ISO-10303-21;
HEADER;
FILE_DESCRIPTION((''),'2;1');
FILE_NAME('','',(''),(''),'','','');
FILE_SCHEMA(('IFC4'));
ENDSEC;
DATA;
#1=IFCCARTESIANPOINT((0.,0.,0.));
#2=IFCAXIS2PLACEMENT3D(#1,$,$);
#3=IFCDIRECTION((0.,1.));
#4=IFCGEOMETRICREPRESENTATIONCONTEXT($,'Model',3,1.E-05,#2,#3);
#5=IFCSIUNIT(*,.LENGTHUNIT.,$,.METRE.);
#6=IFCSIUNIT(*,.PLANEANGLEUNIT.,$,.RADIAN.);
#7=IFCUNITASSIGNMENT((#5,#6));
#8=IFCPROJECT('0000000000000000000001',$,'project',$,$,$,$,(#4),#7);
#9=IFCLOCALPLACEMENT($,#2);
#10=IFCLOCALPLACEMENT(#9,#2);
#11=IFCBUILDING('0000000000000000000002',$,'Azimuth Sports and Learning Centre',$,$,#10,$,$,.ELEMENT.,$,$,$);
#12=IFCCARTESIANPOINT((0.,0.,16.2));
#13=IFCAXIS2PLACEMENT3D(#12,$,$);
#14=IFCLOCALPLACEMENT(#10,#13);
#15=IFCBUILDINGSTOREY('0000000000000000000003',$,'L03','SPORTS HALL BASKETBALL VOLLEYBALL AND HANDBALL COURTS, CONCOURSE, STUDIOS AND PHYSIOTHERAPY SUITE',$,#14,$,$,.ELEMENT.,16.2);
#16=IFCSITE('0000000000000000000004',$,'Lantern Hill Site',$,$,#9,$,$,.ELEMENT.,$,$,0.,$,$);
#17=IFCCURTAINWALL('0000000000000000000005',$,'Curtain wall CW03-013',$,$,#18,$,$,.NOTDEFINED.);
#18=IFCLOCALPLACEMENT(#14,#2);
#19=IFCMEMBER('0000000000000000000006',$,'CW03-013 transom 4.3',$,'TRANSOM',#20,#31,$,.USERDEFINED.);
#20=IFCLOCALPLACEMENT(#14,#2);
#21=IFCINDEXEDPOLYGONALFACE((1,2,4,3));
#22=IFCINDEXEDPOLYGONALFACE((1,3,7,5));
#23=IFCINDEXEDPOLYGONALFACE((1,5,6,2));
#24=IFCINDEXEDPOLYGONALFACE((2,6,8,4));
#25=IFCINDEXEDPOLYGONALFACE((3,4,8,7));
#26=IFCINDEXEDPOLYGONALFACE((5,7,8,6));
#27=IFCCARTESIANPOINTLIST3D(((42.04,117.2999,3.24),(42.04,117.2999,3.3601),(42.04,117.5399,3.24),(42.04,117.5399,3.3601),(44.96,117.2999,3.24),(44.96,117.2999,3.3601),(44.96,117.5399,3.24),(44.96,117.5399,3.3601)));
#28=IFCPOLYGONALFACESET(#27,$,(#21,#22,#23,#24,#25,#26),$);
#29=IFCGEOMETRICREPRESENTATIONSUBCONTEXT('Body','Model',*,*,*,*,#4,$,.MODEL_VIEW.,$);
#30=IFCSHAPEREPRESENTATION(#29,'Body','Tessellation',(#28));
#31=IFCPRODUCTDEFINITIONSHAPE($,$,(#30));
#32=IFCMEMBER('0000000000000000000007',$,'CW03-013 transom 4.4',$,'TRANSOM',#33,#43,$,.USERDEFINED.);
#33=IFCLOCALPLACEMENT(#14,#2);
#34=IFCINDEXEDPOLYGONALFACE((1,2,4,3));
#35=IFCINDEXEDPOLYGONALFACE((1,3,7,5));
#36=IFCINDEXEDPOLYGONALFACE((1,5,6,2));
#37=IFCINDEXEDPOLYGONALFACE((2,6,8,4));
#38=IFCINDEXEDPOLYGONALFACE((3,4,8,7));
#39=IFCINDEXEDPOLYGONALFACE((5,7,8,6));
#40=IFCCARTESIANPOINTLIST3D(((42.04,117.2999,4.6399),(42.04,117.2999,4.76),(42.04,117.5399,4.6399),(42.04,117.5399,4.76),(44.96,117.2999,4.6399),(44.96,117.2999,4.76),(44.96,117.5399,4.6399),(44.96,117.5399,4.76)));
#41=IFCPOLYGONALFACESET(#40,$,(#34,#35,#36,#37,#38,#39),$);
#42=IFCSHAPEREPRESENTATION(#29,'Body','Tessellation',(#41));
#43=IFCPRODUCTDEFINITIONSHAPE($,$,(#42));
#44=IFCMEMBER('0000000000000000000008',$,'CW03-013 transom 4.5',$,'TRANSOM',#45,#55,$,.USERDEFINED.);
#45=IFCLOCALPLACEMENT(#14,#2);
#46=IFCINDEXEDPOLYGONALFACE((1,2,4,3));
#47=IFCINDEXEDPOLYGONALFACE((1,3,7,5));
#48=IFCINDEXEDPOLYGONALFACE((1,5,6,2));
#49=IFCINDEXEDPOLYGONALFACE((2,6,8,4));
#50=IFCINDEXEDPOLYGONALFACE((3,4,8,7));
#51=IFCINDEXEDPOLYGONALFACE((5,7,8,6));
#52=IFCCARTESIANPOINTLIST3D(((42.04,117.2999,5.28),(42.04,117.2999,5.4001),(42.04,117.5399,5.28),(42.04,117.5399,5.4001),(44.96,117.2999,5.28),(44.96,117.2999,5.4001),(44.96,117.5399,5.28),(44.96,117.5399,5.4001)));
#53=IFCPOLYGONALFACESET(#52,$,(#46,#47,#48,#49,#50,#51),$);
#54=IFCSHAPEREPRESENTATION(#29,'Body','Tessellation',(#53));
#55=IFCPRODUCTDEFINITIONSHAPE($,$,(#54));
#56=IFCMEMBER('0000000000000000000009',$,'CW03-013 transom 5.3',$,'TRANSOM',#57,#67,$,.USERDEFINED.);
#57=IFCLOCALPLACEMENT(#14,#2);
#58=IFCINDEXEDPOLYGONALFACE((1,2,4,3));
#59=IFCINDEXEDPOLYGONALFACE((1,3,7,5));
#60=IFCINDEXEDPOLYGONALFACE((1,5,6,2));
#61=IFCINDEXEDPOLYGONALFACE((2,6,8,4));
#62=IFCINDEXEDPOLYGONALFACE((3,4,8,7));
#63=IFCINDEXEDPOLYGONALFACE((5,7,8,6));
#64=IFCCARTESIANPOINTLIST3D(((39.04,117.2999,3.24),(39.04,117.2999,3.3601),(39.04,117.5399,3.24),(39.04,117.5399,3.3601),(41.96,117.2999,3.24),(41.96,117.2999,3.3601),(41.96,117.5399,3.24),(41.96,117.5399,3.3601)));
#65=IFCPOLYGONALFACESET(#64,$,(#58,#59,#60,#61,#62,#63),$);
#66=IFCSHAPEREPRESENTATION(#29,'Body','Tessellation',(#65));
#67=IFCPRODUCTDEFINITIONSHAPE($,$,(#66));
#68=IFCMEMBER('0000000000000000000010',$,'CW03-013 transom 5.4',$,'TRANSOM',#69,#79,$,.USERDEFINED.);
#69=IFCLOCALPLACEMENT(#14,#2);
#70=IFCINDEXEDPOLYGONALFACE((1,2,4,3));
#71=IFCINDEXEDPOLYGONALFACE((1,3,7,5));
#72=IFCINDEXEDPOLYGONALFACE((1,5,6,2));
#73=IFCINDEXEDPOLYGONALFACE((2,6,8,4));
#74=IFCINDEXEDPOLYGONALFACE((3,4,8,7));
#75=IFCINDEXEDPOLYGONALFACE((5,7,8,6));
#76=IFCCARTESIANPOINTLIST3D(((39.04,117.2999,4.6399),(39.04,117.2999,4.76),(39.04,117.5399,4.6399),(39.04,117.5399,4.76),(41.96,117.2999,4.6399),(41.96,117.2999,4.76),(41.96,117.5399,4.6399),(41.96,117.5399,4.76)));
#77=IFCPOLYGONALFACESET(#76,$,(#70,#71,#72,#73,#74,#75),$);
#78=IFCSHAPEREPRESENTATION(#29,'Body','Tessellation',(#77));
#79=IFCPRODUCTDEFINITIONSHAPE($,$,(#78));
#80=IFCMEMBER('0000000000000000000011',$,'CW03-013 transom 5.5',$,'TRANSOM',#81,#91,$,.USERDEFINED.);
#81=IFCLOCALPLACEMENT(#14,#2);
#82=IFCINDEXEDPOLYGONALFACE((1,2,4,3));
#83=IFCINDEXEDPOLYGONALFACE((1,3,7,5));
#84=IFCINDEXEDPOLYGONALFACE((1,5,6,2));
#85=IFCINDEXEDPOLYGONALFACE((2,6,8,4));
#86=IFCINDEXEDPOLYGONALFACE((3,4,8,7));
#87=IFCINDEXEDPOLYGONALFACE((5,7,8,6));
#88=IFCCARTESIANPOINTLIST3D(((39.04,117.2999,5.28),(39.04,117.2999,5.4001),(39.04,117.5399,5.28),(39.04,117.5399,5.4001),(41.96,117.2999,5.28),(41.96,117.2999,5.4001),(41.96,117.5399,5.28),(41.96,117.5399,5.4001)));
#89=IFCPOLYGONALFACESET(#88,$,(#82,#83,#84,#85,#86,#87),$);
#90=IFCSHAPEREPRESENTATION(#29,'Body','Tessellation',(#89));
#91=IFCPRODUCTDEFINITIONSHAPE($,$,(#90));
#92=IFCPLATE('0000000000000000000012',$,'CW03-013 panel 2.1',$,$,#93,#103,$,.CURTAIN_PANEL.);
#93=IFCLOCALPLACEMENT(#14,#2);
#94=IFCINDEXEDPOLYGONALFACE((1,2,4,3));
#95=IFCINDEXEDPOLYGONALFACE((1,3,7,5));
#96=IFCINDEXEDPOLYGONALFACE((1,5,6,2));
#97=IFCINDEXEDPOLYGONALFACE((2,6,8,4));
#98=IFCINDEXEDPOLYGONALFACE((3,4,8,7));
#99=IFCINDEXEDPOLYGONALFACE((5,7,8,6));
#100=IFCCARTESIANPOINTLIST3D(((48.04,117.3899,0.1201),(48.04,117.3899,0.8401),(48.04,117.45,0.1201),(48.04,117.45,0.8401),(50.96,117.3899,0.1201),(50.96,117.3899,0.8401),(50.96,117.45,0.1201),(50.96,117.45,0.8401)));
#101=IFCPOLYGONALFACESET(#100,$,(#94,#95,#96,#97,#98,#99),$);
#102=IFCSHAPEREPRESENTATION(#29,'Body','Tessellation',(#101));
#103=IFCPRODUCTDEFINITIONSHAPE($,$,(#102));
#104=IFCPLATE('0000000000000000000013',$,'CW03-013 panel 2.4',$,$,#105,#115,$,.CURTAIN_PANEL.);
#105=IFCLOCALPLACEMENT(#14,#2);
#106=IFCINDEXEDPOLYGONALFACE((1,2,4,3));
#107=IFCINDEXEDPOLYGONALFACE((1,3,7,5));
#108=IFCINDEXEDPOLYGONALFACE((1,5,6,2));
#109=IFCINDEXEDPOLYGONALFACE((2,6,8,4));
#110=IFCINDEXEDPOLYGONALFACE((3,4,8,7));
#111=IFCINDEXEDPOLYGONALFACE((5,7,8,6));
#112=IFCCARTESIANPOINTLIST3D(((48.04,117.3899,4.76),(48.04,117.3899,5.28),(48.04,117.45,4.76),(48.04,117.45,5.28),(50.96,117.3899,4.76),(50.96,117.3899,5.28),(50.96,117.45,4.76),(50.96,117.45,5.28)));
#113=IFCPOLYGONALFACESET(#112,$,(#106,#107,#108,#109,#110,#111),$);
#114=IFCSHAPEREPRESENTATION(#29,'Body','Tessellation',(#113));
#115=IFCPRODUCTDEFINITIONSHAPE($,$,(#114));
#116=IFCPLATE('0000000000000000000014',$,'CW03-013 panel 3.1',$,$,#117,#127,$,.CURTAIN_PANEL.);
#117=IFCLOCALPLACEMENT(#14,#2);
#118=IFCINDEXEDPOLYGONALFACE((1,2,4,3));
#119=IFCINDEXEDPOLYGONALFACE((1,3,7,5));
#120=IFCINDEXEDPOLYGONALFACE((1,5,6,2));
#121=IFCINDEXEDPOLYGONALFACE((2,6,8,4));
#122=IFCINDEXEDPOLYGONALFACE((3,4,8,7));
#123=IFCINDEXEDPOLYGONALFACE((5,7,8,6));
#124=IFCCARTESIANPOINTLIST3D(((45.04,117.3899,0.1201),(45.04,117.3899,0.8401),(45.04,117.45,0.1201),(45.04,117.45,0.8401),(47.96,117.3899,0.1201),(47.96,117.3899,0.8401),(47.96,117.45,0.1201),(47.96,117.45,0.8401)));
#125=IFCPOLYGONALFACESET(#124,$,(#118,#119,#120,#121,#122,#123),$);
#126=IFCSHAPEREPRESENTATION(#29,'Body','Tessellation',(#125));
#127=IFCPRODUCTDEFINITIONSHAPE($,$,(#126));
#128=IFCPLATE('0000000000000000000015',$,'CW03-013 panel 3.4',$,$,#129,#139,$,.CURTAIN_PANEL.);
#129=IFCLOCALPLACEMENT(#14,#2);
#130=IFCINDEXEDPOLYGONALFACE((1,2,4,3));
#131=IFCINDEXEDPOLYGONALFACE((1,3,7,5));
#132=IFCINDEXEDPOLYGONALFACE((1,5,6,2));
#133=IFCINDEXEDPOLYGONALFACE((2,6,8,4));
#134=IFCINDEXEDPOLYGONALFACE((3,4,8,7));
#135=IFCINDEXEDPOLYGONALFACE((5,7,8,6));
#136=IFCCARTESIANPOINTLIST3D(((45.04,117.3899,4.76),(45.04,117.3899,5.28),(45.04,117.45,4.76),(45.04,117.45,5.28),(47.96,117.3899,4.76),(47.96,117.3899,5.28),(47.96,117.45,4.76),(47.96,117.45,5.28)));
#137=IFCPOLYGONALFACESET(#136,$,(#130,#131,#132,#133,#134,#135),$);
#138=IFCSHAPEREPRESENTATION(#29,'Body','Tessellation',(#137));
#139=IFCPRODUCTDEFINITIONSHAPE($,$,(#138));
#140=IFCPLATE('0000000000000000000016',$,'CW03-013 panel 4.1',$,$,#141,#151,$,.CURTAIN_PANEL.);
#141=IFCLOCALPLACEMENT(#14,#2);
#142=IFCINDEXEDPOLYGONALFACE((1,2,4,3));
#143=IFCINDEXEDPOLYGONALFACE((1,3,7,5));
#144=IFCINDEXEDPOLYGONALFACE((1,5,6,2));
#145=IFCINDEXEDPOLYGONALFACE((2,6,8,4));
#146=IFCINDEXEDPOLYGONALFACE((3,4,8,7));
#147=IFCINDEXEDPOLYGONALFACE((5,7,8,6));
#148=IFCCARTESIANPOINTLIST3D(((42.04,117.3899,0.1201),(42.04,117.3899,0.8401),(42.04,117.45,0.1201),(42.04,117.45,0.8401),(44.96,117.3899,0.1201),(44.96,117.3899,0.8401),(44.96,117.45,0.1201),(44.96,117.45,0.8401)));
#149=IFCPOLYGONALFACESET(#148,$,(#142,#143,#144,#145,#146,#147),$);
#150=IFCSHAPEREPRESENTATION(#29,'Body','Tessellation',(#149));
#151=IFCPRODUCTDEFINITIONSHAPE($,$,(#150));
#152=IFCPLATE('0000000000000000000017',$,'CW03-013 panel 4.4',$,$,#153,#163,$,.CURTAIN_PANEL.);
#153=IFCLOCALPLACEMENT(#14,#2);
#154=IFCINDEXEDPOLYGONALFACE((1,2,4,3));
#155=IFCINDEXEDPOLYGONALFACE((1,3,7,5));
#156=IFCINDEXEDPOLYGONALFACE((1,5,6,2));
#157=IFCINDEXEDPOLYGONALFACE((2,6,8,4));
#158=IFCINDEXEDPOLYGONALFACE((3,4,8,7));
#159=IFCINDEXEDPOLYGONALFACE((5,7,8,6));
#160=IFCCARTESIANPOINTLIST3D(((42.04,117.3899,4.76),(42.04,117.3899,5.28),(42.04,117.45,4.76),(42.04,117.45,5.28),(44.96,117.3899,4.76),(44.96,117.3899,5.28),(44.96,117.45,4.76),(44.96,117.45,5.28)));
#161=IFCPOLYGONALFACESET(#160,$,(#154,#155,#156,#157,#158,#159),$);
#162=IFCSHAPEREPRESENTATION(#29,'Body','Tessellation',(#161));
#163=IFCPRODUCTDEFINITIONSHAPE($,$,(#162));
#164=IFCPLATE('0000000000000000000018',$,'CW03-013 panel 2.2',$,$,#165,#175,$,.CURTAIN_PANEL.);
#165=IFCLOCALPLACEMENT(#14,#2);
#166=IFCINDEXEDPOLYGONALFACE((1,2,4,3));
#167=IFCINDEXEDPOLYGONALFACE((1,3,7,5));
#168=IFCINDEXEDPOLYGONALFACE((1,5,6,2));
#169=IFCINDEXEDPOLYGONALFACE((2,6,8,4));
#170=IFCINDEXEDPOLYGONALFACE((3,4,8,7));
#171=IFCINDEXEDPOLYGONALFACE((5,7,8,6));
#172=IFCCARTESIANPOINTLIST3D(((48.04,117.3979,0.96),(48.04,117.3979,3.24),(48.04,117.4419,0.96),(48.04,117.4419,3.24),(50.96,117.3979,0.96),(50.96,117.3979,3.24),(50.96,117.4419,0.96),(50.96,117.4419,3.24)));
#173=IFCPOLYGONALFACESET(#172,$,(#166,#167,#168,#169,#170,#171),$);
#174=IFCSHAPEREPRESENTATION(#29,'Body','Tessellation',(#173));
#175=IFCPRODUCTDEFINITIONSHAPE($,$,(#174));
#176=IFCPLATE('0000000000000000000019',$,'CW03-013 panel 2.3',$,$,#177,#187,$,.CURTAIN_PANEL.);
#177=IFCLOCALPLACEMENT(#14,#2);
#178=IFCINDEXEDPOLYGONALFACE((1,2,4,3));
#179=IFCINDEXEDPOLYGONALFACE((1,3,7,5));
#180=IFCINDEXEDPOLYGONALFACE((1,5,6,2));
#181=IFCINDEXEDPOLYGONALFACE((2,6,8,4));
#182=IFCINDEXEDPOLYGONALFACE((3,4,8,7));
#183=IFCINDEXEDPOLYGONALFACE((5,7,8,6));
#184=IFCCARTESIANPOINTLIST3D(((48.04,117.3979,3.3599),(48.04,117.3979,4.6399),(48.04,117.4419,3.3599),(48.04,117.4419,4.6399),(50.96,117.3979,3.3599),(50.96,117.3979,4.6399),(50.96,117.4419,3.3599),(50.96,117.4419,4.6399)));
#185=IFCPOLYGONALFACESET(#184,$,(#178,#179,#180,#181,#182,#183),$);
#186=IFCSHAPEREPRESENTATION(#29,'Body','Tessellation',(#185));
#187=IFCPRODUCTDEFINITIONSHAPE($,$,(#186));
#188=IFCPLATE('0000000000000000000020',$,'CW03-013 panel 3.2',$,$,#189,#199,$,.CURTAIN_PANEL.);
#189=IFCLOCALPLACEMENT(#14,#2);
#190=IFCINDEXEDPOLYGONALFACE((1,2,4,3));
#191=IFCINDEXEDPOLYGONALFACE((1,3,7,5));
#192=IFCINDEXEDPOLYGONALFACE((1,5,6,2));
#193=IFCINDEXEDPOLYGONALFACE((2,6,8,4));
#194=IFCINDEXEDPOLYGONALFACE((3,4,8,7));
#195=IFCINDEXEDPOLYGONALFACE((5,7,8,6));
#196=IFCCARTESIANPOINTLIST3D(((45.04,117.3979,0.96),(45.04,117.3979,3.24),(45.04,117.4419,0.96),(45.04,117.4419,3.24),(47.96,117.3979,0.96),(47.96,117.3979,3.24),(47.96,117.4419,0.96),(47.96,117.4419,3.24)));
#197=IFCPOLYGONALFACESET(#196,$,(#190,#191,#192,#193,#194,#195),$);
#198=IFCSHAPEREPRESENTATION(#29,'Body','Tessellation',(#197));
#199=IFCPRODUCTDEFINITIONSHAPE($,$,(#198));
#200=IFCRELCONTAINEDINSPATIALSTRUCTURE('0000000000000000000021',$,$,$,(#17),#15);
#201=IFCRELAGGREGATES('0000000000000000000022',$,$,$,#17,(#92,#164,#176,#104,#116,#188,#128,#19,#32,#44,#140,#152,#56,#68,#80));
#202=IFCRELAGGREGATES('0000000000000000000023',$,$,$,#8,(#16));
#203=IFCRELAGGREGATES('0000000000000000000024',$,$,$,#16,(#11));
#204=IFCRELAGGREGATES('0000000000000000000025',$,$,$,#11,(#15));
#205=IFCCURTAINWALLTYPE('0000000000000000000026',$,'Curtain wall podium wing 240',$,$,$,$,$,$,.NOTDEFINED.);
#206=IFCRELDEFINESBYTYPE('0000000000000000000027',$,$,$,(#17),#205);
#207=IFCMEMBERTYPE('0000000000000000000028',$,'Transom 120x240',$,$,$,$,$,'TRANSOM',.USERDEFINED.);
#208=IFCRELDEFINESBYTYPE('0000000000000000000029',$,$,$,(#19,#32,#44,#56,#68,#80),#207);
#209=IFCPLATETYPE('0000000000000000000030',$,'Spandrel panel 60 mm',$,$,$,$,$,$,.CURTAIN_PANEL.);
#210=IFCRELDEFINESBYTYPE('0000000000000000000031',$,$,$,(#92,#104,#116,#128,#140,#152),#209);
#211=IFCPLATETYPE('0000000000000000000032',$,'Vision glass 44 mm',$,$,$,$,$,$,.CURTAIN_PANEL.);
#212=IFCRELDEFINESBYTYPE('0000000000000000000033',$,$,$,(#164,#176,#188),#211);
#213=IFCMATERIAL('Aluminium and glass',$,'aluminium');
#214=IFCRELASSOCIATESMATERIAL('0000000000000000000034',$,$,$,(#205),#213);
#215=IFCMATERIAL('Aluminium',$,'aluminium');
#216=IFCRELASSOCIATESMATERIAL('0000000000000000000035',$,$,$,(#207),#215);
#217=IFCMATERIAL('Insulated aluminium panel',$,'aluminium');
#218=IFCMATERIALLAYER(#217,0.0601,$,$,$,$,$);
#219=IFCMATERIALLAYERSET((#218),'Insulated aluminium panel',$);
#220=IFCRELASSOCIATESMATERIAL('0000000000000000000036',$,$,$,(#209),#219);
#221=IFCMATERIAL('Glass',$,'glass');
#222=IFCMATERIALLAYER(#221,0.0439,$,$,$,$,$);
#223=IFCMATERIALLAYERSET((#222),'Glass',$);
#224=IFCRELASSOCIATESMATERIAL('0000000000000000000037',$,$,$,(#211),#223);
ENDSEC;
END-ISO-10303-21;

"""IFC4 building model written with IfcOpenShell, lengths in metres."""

from ifc_helpers import new_model, si_unit, direction, frame, origin, origin_2d, place, context, subcontext, project, spatial, rectangle, extrude, material, layer, layer_set, material_profile, profile_set, type_object, element, aggregate, save


model = new_model("IFC4")

# Units and contexts
model_context = context("Model", 3, precision=1e-05, world=origin(), true_north=direction((0.0, 1.0)))
body_context = subcontext(model_context, "Body", "Model", "MODEL_VIEW")
ifc_project = project(units=[si_unit("LENGTHUNIT", "METRE"), si_unit("PLANEANGLEUNIT", "RADIAN")], contexts=[model_context])

# Site, building, storey
site_placement = place(None, origin())
site = spatial("IfcSite", under=ifc_project, at=site_placement, Name="Lantern Hill Site", CompositionType="ELEMENT", RefElevation=0.0)
building_placement = place(site_placement, origin())
building = spatial("IfcBuilding", under=site, at=building_placement, Name="Azimuth Sports and Learning Centre", CompositionType="ELEMENT")
storey_placement = place(building_placement, frame((0.0, 0.0, 16.2)))
storey = spatial("IfcBuildingStorey", under=building, at=storey_placement, Name="L03", Description="SPORTS HALL BASKETBALL VOLLEYBALL AND HANDBALL COURTS, CONCOURSE, STUDIOS AND PHYSIOTHERAPY SUITE", CompositionType="ELEMENT", Elevation=16.2)

# Curtain wall, members, plates
ifc_material_1 = material(Name="Aluminium and glass", Category="aluminium")
curtain_wall_type = type_object("IfcCurtainWallType", Name="Curtain wall podium wing 240", PredefinedType="NOTDEFINED", material=ifc_material_1)
curtain_wall_placement = place(storey_placement, origin())
curtain_wall = element("IfcCurtainWall", 1, at=curtain_wall_placement, inside=storey, type_object=curtain_wall_type, Name="Curtain wall CW03-013", PredefinedType="NOTDEFINED")
ifc_material_2 = material(Name="Aluminium", Category="aluminium")
ifc_material_profile_1 = material_profile(ifc_material_2, rectangle(XDim=0.24, YDim=0.1201, at=origin_2d()), Name="Transom 120x240")
ifc_profile_set_1 = profile_set([ifc_material_profile_1], Name="Aluminium")
member_type_1 = type_object("IfcMemberType", Name="Transom 120x240", ElementType="TRANSOM", PredefinedType="USERDEFINED", material=ifc_profile_set_1)
member_1_placement = place(storey_placement, frame((44.96, 117.4199, 3.3), z_axis=(-1.0, 0.0, 0.0), x_axis=(0.0, -1.0, 0.0)))
member_1 = element("IfcMember", 2, at=member_1_placement, type_object=member_type_1, Name="CW03-013 transom 4.3", ObjectType="TRANSOM", PredefinedType="USERDEFINED", context=body_context, shape_type="SweptSolid", body=[
    extrude(rectangle(XDim=0.24, YDim=0.1201, at=origin_2d()), origin(), (0.0, 0.0, 1.0), 2.9199),
])
member_2_placement = place(storey_placement, frame((44.96, 117.4199, 4.7), z_axis=(-1.0, 0.0, 0.0), x_axis=(0.0, -1.0, 0.0)))
member_2 = element("IfcMember", 3, at=member_2_placement, type_object=member_type_1, Name="CW03-013 transom 4.4", ObjectType="TRANSOM", PredefinedType="USERDEFINED", context=body_context, shape_type="SweptSolid", body=[
    extrude(rectangle(XDim=0.24, YDim=0.1201, at=origin_2d()), origin(), (0.0, 0.0, 1.0), 2.9199),
])
member_3_placement = place(storey_placement, frame((44.96, 117.4199, 5.3401), z_axis=(-1.0, 0.0, 0.0), x_axis=(0.0, -1.0, 0.0)))
member_3 = element("IfcMember", 4, at=member_3_placement, type_object=member_type_1, Name="CW03-013 transom 4.5", ObjectType="TRANSOM", PredefinedType="USERDEFINED", context=body_context, shape_type="SweptSolid", body=[
    extrude(rectangle(XDim=0.24, YDim=0.1201, at=origin_2d()), origin(), (0.0, 0.0, 1.0), 2.9199),
])
member_4_placement = place(storey_placement, frame((41.96, 117.4199, 3.3), z_axis=(-1.0, 0.0, 0.0), x_axis=(0.0, -1.0, 0.0)))
member_4 = element("IfcMember", 5, at=member_4_placement, type_object=member_type_1, Name="CW03-013 transom 5.3", ObjectType="TRANSOM", PredefinedType="USERDEFINED", context=body_context, shape_type="SweptSolid", body=[
    extrude(rectangle(XDim=0.24, YDim=0.1201, at=origin_2d()), origin(), (0.0, 0.0, 1.0), 2.9199),
])
member_5_placement = place(storey_placement, frame((41.96, 117.4199, 4.7), z_axis=(-1.0, 0.0, 0.0), x_axis=(0.0, -1.0, 0.0)))
member_5 = element("IfcMember", 6, at=member_5_placement, type_object=member_type_1, Name="CW03-013 transom 5.4", ObjectType="TRANSOM", PredefinedType="USERDEFINED", context=body_context, shape_type="SweptSolid", body=[
    extrude(rectangle(XDim=0.24, YDim=0.1201, at=origin_2d()), origin(), (0.0, 0.0, 1.0), 2.9199),
])
member_6_placement = place(storey_placement, frame((41.96, 117.4199, 5.3401), z_axis=(-1.0, 0.0, 0.0), x_axis=(0.0, -1.0, 0.0)))
member_6 = element("IfcMember", 7, at=member_6_placement, type_object=member_type_1, Name="CW03-013 transom 5.5", ObjectType="TRANSOM", PredefinedType="USERDEFINED", context=body_context, shape_type="SweptSolid", body=[
    extrude(rectangle(XDim=0.24, YDim=0.1201, at=origin_2d()), origin(), (0.0, 0.0, 1.0), 2.9199),
])
ifc_material_3 = material(Name="Insulated aluminium panel", Category="aluminium")
ifc_layer_1 = layer(ifc_material_3, 0.0601)
ifc_layer_set_1 = layer_set([ifc_layer_1], Name="Insulated aluminium panel")
plate_type_1 = type_object("IfcPlateType", Name="Spandrel panel 60 mm", PredefinedType="CURTAIN_PANEL", material=ifc_layer_set_1)
plate_1_placement = place(storey_placement, frame((49.5, 117.4199, 0.1201), z_axis=(0.0, 0.0, 1.0), x_axis=(-1.0, 0.0, 0.0)))
plate_1 = element("IfcPlate", 8, at=plate_1_placement, type_object=plate_type_1, Name="CW03-013 panel 2.1", PredefinedType="CURTAIN_PANEL", context=body_context, shape_type="SweptSolid", body=[
    extrude(rectangle(XDim=2.9199, YDim=0.0601, at=origin_2d()), origin(), (0.0, 0.0, 1.0), 0.72),
])
plate_2_placement = place(storey_placement, frame((49.5, 117.4199, 4.76), z_axis=(0.0, 0.0, 1.0), x_axis=(-1.0, 0.0, 0.0)))
plate_2 = element("IfcPlate", 9, at=plate_2_placement, type_object=plate_type_1, Name="CW03-013 panel 2.4", PredefinedType="CURTAIN_PANEL", context=body_context, shape_type="SweptSolid", body=[
    extrude(rectangle(XDim=2.9199, YDim=0.0601, at=origin_2d()), origin(), (0.0, 0.0, 1.0), 0.52),
])
plate_3_placement = place(storey_placement, frame((46.5, 117.4199, 0.1201), z_axis=(0.0, 0.0, 1.0), x_axis=(-1.0, 0.0, 0.0)))
plate_3 = element("IfcPlate", 10, at=plate_3_placement, type_object=plate_type_1, Name="CW03-013 panel 3.1", PredefinedType="CURTAIN_PANEL", context=body_context, shape_type="SweptSolid", body=[
    extrude(rectangle(XDim=2.9199, YDim=0.0601, at=origin_2d()), origin(), (0.0, 0.0, 1.0), 0.72),
])
plate_4_placement = place(storey_placement, frame((46.5, 117.4199, 4.76), z_axis=(0.0, 0.0, 1.0), x_axis=(-1.0, 0.0, 0.0)))
plate_4 = element("IfcPlate", 11, at=plate_4_placement, type_object=plate_type_1, Name="CW03-013 panel 3.4", PredefinedType="CURTAIN_PANEL", context=body_context, shape_type="SweptSolid", body=[
    extrude(rectangle(XDim=2.9199, YDim=0.0601, at=origin_2d()), origin(), (0.0, 0.0, 1.0), 0.52),
])
plate_5_placement = place(storey_placement, frame((43.5, 117.4199, 0.1201), z_axis=(0.0, 0.0, 1.0), x_axis=(-1.0, 0.0, 0.0)))
plate_5 = element("IfcPlate", 12, at=plate_5_placement, type_object=plate_type_1, Name="CW03-013 panel 4.1", PredefinedType="CURTAIN_PANEL", context=body_context, shape_type="SweptSolid", body=[
    extrude(rectangle(XDim=2.9199, YDim=0.0601, at=origin_2d()), origin(), (0.0, 0.0, 1.0), 0.72),
])
plate_6_placement = place(storey_placement, frame((43.5, 117.4199, 4.76), z_axis=(0.0, 0.0, 1.0), x_axis=(-1.0, 0.0, 0.0)))
plate_6 = element("IfcPlate", 13, at=plate_6_placement, type_object=plate_type_1, Name="CW03-013 panel 4.4", PredefinedType="CURTAIN_PANEL", context=body_context, shape_type="SweptSolid", body=[
    extrude(rectangle(XDim=2.9199, YDim=0.0601, at=origin_2d()), origin(), (0.0, 0.0, 1.0), 0.52),
])
ifc_material_4 = material(Name="Glass", Category="glass")
ifc_layer_2 = layer(ifc_material_4, 0.0439)
ifc_layer_set_2 = layer_set([ifc_layer_2], Name="Glass")
plate_type_2 = type_object("IfcPlateType", Name="Vision glass 44 mm", PredefinedType="CURTAIN_PANEL", material=ifc_layer_set_2)
plate_7_placement = place(storey_placement, frame((49.5, 117.4199, 0.96), z_axis=(0.0, 0.0, 1.0), x_axis=(-1.0, 0.0, 0.0)))
plate_7 = element("IfcPlate", 14, at=plate_7_placement, type_object=plate_type_2, Name="CW03-013 panel 2.2", PredefinedType="CURTAIN_PANEL", context=body_context, shape_type="SweptSolid", body=[
    extrude(rectangle(XDim=2.9199, YDim=0.0439, at=origin_2d()), origin(), (0.0, 0.0, 1.0), 2.28),
])
plate_8_placement = place(storey_placement, frame((49.5, 117.4199, 3.3599), z_axis=(0.0, 0.0, 1.0), x_axis=(-1.0, 0.0, 0.0)))
plate_8 = element("IfcPlate", 15, at=plate_8_placement, type_object=plate_type_2, Name="CW03-013 panel 2.3", PredefinedType="CURTAIN_PANEL", context=body_context, shape_type="SweptSolid", body=[
    extrude(rectangle(XDim=2.9199, YDim=0.0439, at=origin_2d()), origin(), (0.0, 0.0, 1.0), 1.28),
])
plate_9_placement = place(storey_placement, frame((46.5, 117.4199, 0.96), z_axis=(0.0, 0.0, 1.0), x_axis=(-1.0, 0.0, 0.0)))
plate_9 = element("IfcPlate", 16, at=plate_9_placement, type_object=plate_type_2, Name="CW03-013 panel 3.2", PredefinedType="CURTAIN_PANEL", context=body_context, shape_type="SweptSolid", body=[
    extrude(rectangle(XDim=2.9199, YDim=0.0439, at=origin_2d()), origin(), (0.0, 0.0, 1.0), 2.28),
])
aggregate(curtain_wall, [plate_1, plate_7, plate_8, plate_2, plate_3, plate_9, plate_4, member_1, member_2, member_3, plate_5, plate_6, member_4, member_5, member_6])

save(model, "model.ifc")
